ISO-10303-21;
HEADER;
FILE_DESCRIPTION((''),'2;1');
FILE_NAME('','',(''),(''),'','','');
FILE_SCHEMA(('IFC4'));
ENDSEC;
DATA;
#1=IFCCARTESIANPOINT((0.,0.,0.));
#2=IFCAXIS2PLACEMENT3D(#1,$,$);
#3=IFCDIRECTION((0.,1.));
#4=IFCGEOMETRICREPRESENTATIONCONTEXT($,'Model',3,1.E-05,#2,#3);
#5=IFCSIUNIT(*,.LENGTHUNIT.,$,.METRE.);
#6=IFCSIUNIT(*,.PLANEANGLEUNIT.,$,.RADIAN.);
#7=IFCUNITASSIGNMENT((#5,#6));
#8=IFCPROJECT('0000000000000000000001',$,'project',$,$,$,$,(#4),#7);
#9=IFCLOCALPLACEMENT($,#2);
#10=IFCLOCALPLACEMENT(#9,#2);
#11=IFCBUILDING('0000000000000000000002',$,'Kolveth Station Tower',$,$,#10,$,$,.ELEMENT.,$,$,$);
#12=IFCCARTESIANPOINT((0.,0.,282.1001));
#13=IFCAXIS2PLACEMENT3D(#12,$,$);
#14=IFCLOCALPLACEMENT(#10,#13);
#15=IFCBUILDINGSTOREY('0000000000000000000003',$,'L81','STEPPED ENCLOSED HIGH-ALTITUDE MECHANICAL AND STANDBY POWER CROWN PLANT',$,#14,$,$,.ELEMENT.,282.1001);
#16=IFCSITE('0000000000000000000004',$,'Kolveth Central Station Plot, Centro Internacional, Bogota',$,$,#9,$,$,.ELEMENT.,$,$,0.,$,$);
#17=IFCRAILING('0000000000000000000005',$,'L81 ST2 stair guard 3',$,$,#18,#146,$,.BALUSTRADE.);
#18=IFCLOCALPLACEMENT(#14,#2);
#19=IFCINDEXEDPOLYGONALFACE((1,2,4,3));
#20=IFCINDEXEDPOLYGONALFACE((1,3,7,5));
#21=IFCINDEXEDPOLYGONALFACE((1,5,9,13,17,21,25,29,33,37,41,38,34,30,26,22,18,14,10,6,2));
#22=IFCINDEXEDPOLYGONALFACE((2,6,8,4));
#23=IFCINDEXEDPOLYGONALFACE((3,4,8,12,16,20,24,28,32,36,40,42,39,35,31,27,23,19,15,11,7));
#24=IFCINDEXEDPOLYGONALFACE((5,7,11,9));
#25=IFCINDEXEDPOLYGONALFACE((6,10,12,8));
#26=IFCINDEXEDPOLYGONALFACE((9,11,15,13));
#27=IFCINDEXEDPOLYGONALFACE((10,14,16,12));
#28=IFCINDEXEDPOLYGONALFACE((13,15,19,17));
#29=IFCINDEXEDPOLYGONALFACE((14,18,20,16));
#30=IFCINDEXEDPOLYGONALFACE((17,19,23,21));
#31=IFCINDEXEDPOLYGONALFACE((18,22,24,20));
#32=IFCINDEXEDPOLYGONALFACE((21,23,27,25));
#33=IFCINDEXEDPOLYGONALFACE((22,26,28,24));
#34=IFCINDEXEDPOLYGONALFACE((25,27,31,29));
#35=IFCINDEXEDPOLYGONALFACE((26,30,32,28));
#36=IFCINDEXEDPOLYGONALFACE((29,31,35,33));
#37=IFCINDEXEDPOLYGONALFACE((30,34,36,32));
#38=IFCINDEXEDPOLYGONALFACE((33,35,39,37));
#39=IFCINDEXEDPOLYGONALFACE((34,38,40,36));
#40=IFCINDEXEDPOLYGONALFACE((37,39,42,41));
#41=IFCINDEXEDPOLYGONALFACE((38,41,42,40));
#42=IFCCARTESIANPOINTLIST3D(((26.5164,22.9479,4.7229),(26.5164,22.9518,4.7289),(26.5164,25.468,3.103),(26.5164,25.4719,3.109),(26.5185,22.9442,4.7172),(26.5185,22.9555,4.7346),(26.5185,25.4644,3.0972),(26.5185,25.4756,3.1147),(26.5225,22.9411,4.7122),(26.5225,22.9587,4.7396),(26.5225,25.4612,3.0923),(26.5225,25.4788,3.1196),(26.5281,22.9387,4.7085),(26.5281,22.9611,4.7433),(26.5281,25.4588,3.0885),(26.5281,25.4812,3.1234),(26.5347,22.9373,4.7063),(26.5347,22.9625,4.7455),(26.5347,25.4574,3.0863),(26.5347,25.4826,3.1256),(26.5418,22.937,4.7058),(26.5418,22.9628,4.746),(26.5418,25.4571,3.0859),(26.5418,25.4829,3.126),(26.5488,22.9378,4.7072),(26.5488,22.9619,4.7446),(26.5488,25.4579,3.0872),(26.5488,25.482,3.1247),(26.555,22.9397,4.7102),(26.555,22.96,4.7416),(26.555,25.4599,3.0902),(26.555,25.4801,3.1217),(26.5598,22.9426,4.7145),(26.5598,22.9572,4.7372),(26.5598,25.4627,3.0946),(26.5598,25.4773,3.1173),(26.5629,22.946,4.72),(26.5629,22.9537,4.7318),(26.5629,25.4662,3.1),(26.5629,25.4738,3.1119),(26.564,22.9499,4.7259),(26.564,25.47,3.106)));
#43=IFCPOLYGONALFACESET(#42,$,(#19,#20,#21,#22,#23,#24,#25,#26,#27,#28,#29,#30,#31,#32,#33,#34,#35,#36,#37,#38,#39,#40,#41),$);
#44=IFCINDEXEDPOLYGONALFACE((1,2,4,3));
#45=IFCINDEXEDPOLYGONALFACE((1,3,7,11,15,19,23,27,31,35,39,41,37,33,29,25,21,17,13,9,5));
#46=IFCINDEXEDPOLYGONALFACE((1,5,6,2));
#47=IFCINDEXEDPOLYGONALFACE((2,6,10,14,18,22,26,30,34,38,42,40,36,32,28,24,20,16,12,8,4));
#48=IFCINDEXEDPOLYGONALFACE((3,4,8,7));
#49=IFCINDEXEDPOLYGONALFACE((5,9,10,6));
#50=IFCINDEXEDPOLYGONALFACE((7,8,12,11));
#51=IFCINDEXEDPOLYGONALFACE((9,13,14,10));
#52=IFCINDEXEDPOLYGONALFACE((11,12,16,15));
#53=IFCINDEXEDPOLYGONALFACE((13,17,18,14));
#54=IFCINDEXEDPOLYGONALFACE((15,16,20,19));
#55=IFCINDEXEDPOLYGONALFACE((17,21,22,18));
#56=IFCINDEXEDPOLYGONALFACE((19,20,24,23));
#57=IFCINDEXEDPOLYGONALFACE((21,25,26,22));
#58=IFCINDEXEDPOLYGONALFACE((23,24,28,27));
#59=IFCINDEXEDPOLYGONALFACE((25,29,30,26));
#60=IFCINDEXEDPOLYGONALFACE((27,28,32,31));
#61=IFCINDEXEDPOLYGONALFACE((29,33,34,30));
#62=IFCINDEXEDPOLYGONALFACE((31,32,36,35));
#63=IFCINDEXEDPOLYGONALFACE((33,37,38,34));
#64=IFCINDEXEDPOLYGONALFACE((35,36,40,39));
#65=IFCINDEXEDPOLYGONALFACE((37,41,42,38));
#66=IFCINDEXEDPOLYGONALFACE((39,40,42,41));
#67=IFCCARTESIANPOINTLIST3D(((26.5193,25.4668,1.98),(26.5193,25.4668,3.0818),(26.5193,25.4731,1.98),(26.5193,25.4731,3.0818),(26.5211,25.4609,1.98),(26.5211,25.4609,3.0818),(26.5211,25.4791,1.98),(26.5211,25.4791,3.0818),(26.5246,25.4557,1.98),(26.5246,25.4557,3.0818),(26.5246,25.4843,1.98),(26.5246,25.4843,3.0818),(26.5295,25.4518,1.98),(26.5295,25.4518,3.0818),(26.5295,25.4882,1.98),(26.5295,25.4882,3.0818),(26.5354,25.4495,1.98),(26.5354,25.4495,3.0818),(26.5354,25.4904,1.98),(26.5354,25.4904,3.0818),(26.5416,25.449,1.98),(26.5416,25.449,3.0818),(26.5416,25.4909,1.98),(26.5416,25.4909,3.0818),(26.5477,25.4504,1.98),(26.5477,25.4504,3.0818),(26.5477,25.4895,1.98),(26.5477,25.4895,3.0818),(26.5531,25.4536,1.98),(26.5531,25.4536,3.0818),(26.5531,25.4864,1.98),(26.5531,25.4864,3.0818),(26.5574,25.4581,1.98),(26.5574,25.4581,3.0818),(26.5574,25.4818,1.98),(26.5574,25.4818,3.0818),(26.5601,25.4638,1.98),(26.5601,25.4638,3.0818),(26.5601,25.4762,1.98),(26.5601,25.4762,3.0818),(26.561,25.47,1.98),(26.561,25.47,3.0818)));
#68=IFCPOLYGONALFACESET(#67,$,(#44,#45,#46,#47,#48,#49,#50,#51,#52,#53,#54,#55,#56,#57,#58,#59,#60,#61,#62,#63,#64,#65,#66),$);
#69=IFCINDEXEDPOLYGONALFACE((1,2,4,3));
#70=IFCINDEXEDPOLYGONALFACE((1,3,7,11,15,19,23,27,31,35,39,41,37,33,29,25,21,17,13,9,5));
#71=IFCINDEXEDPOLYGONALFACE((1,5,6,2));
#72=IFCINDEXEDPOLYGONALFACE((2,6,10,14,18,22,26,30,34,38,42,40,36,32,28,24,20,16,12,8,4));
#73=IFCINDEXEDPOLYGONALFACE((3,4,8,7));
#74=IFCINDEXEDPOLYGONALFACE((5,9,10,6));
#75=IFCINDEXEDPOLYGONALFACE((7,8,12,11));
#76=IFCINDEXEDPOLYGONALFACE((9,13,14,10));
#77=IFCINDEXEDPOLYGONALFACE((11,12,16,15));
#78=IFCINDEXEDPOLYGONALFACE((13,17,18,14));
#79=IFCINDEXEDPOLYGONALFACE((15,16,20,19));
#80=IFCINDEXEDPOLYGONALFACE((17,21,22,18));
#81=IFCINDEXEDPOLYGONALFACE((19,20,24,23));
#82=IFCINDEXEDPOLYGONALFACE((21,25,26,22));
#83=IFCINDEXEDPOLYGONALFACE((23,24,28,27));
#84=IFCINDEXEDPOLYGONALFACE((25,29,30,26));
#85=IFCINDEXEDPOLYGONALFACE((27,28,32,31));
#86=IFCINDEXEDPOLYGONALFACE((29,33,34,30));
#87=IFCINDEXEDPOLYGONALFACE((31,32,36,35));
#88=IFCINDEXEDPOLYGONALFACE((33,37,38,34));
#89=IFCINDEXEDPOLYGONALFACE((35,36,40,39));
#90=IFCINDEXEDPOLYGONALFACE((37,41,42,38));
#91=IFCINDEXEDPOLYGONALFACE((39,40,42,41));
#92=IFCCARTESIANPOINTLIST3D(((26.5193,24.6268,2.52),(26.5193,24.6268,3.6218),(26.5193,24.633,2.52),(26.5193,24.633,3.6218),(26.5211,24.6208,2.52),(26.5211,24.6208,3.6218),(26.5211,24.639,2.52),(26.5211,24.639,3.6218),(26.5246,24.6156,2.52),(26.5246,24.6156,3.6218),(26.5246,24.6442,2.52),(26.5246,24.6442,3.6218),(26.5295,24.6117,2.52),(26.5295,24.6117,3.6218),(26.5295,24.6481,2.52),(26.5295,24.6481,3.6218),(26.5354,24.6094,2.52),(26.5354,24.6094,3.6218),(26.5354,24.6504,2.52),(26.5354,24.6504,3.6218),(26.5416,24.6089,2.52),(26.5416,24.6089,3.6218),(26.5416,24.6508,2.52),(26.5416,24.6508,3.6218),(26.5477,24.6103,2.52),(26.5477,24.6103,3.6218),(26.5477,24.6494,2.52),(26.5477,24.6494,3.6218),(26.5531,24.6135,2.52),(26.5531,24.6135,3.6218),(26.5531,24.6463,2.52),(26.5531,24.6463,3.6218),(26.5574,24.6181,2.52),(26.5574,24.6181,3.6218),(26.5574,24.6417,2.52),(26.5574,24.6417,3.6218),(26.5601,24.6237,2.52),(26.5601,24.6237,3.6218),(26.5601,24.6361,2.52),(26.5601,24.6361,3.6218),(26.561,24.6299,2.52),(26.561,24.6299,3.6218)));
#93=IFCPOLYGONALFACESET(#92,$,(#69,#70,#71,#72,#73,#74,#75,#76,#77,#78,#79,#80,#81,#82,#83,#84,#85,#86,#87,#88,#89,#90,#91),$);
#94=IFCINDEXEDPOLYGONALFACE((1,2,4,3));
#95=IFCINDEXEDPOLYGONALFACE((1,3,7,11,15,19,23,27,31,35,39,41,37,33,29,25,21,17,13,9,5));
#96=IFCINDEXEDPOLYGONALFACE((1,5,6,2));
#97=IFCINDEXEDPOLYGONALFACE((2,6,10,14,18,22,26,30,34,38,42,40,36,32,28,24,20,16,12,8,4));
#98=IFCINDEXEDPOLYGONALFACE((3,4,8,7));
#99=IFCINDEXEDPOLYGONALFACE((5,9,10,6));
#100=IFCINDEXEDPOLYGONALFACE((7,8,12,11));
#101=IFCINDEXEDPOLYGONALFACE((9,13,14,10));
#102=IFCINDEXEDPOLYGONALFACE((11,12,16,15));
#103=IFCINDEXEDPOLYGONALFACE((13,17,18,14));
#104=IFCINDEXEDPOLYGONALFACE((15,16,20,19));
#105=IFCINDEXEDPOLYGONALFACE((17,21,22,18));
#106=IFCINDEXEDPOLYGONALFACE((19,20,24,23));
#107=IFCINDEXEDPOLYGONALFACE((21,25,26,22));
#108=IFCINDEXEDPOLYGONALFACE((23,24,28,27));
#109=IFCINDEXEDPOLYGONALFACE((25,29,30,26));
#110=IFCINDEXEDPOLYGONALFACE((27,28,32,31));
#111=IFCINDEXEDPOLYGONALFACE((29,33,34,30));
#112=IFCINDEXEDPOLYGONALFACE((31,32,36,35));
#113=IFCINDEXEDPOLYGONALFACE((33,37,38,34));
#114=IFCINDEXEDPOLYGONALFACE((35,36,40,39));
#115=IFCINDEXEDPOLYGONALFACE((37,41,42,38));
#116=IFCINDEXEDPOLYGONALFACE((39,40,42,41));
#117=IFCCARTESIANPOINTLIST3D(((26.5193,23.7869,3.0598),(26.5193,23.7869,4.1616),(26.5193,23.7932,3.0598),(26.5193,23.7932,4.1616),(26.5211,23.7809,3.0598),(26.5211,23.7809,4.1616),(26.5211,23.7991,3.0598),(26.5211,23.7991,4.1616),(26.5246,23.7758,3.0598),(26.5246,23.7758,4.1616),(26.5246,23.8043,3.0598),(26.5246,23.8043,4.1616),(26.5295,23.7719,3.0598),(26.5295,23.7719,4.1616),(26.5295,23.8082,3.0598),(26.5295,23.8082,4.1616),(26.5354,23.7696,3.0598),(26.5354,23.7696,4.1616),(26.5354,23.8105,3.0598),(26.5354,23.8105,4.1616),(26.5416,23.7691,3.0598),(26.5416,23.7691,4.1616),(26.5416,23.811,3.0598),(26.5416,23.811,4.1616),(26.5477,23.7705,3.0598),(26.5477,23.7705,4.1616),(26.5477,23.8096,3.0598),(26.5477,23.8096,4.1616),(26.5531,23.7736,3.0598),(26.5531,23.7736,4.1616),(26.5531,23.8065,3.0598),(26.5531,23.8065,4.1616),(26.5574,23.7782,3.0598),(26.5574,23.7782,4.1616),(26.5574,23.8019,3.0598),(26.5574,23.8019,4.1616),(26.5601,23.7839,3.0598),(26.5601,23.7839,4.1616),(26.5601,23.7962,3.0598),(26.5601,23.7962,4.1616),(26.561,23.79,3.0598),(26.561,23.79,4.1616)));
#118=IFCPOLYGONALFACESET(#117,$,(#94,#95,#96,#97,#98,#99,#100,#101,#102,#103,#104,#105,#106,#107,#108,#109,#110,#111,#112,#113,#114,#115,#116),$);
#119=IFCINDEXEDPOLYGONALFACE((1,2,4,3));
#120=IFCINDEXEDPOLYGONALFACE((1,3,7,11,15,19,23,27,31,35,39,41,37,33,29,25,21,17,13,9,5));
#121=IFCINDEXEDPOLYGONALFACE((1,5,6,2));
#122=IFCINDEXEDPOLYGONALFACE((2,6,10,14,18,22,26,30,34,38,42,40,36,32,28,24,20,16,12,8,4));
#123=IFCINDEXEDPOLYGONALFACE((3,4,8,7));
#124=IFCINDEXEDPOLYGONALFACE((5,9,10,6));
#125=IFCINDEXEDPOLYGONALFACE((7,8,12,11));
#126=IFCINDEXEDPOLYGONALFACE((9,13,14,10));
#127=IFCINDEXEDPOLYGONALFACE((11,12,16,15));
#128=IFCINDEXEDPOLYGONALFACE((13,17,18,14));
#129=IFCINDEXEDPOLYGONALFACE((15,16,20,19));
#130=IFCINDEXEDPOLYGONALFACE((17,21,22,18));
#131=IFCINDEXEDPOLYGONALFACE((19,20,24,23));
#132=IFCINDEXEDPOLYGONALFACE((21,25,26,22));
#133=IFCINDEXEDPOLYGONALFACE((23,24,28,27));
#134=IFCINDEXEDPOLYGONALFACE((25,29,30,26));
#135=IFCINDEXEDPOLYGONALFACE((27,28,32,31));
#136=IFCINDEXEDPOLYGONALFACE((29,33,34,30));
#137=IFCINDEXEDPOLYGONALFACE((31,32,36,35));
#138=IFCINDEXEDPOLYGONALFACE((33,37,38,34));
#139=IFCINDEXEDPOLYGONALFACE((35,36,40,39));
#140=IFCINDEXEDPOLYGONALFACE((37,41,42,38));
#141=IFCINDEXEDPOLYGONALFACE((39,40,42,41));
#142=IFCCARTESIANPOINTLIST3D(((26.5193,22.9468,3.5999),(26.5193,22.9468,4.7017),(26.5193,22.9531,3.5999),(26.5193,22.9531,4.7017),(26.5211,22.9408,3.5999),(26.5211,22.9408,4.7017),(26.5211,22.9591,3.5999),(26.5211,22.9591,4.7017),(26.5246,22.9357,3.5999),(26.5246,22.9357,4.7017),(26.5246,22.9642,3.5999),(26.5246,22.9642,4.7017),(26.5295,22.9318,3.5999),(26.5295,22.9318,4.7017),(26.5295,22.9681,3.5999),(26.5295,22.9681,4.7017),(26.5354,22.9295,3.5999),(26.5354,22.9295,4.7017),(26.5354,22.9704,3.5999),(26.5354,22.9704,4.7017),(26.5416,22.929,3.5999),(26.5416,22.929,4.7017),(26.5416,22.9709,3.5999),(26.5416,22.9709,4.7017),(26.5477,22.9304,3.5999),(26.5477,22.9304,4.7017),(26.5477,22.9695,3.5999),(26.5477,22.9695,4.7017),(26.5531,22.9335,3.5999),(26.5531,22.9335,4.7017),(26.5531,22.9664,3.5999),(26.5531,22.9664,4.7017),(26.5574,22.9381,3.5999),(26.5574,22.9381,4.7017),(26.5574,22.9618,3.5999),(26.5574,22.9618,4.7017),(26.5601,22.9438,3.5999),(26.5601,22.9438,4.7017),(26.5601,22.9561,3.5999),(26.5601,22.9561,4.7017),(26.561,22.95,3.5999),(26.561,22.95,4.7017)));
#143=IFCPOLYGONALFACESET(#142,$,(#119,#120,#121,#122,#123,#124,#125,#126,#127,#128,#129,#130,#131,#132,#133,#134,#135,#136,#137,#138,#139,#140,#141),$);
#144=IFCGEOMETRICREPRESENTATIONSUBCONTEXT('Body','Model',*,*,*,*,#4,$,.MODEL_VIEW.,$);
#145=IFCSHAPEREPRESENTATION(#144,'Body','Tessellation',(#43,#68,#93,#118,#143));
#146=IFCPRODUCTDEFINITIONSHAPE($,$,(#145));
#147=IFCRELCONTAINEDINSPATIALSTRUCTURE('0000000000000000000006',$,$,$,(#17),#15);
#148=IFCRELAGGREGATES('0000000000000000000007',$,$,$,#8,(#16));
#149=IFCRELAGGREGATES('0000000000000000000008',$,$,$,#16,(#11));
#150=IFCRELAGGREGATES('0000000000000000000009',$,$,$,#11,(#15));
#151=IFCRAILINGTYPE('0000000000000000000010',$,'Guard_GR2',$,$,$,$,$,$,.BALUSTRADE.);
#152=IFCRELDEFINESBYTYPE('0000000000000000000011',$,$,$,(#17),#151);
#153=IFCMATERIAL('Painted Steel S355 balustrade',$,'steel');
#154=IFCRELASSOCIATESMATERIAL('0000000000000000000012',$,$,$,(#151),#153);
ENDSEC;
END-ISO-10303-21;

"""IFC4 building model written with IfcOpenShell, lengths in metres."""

from ifc_helpers import new_model, si_unit, direction, frame, origin, origin_2d, place, context, subcontext, project, spatial, circle, extrude, material, type_object, element, save


model = new_model("IFC4")

# Units and contexts
model_context = context("Model", 3, precision=1e-05, world=origin(), true_north=direction((0.0, 1.0)))
body_context = subcontext(model_context, "Body", "Model", "MODEL_VIEW")
ifc_project = project(units=[si_unit("LENGTHUNIT", "METRE"), si_unit("PLANEANGLEUNIT", "RADIAN")], contexts=[model_context])

# Site, building, storey
site_placement = place(None, origin())
site = spatial("IfcSite", under=ifc_project, at=site_placement, Name="Kolveth Central Station Plot, Centro Internacional, Bogota", CompositionType="ELEMENT", RefElevation=0.0)
building_placement = place(site_placement, origin())
building = spatial("IfcBuilding", under=site, at=building_placement, Name="Kolveth Station Tower", CompositionType="ELEMENT")
storey_placement = place(building_placement, frame((0.0, 0.0, 282.1001)))
storey = spatial("IfcBuildingStorey", under=building, at=storey_placement, Name="L81", Description="STEPPED ENCLOSED HIGH-ALTITUDE MECHANICAL AND STANDBY POWER CROWN PLANT", CompositionType="ELEMENT", Elevation=282.1001)

# Railing
ifc_material_1 = material(Name="Painted Steel S355 balustrade", Category="steel")
railing_type_1 = type_object("IfcRailingType", Name="Guard_GR2", PredefinedType="BALUSTRADE", material=ifc_material_1)
railing_1_placement = place(storey_placement, frame((26.54, 25.47, 1.98)))
element("IfcRailing", 1, at=railing_1_placement, inside=storey, type_object=railing_type_1, Name="L81 ST2 stair guard 3", PredefinedType="BALUSTRADE", context=body_context, shape_type="SweptSolid", body=[
    extrude(circle(Radius=0.0239, at=origin_2d()), frame((0.0, 0.0, 1.126), z_axis=(0.0, -0.8412, 0.540725), x_axis=(1.0, 0.0, 0.0)), (0.0, 0.0, 1.0), 2.9958),
    extrude(circle(Radius=0.021, at=origin_2d()), origin(), (0.0, 0.0, 1.0), 1.1018),
    extrude(circle(Radius=0.021, at=origin_2d()), frame((0.0, -0.8401, 0.54)), (0.0, 0.0, 1.0), 1.1018),
    extrude(circle(Radius=0.021, at=origin_2d()), frame((0.0, -1.6799, 1.0798)), (0.0, 0.0, 1.0), 1.1018),
    extrude(circle(Radius=0.021, at=origin_2d()), frame((0.0, -2.52, 1.6199)), (0.0, 0.0, 1.0), 1.1018),
])

save(model, "model.ifc")
